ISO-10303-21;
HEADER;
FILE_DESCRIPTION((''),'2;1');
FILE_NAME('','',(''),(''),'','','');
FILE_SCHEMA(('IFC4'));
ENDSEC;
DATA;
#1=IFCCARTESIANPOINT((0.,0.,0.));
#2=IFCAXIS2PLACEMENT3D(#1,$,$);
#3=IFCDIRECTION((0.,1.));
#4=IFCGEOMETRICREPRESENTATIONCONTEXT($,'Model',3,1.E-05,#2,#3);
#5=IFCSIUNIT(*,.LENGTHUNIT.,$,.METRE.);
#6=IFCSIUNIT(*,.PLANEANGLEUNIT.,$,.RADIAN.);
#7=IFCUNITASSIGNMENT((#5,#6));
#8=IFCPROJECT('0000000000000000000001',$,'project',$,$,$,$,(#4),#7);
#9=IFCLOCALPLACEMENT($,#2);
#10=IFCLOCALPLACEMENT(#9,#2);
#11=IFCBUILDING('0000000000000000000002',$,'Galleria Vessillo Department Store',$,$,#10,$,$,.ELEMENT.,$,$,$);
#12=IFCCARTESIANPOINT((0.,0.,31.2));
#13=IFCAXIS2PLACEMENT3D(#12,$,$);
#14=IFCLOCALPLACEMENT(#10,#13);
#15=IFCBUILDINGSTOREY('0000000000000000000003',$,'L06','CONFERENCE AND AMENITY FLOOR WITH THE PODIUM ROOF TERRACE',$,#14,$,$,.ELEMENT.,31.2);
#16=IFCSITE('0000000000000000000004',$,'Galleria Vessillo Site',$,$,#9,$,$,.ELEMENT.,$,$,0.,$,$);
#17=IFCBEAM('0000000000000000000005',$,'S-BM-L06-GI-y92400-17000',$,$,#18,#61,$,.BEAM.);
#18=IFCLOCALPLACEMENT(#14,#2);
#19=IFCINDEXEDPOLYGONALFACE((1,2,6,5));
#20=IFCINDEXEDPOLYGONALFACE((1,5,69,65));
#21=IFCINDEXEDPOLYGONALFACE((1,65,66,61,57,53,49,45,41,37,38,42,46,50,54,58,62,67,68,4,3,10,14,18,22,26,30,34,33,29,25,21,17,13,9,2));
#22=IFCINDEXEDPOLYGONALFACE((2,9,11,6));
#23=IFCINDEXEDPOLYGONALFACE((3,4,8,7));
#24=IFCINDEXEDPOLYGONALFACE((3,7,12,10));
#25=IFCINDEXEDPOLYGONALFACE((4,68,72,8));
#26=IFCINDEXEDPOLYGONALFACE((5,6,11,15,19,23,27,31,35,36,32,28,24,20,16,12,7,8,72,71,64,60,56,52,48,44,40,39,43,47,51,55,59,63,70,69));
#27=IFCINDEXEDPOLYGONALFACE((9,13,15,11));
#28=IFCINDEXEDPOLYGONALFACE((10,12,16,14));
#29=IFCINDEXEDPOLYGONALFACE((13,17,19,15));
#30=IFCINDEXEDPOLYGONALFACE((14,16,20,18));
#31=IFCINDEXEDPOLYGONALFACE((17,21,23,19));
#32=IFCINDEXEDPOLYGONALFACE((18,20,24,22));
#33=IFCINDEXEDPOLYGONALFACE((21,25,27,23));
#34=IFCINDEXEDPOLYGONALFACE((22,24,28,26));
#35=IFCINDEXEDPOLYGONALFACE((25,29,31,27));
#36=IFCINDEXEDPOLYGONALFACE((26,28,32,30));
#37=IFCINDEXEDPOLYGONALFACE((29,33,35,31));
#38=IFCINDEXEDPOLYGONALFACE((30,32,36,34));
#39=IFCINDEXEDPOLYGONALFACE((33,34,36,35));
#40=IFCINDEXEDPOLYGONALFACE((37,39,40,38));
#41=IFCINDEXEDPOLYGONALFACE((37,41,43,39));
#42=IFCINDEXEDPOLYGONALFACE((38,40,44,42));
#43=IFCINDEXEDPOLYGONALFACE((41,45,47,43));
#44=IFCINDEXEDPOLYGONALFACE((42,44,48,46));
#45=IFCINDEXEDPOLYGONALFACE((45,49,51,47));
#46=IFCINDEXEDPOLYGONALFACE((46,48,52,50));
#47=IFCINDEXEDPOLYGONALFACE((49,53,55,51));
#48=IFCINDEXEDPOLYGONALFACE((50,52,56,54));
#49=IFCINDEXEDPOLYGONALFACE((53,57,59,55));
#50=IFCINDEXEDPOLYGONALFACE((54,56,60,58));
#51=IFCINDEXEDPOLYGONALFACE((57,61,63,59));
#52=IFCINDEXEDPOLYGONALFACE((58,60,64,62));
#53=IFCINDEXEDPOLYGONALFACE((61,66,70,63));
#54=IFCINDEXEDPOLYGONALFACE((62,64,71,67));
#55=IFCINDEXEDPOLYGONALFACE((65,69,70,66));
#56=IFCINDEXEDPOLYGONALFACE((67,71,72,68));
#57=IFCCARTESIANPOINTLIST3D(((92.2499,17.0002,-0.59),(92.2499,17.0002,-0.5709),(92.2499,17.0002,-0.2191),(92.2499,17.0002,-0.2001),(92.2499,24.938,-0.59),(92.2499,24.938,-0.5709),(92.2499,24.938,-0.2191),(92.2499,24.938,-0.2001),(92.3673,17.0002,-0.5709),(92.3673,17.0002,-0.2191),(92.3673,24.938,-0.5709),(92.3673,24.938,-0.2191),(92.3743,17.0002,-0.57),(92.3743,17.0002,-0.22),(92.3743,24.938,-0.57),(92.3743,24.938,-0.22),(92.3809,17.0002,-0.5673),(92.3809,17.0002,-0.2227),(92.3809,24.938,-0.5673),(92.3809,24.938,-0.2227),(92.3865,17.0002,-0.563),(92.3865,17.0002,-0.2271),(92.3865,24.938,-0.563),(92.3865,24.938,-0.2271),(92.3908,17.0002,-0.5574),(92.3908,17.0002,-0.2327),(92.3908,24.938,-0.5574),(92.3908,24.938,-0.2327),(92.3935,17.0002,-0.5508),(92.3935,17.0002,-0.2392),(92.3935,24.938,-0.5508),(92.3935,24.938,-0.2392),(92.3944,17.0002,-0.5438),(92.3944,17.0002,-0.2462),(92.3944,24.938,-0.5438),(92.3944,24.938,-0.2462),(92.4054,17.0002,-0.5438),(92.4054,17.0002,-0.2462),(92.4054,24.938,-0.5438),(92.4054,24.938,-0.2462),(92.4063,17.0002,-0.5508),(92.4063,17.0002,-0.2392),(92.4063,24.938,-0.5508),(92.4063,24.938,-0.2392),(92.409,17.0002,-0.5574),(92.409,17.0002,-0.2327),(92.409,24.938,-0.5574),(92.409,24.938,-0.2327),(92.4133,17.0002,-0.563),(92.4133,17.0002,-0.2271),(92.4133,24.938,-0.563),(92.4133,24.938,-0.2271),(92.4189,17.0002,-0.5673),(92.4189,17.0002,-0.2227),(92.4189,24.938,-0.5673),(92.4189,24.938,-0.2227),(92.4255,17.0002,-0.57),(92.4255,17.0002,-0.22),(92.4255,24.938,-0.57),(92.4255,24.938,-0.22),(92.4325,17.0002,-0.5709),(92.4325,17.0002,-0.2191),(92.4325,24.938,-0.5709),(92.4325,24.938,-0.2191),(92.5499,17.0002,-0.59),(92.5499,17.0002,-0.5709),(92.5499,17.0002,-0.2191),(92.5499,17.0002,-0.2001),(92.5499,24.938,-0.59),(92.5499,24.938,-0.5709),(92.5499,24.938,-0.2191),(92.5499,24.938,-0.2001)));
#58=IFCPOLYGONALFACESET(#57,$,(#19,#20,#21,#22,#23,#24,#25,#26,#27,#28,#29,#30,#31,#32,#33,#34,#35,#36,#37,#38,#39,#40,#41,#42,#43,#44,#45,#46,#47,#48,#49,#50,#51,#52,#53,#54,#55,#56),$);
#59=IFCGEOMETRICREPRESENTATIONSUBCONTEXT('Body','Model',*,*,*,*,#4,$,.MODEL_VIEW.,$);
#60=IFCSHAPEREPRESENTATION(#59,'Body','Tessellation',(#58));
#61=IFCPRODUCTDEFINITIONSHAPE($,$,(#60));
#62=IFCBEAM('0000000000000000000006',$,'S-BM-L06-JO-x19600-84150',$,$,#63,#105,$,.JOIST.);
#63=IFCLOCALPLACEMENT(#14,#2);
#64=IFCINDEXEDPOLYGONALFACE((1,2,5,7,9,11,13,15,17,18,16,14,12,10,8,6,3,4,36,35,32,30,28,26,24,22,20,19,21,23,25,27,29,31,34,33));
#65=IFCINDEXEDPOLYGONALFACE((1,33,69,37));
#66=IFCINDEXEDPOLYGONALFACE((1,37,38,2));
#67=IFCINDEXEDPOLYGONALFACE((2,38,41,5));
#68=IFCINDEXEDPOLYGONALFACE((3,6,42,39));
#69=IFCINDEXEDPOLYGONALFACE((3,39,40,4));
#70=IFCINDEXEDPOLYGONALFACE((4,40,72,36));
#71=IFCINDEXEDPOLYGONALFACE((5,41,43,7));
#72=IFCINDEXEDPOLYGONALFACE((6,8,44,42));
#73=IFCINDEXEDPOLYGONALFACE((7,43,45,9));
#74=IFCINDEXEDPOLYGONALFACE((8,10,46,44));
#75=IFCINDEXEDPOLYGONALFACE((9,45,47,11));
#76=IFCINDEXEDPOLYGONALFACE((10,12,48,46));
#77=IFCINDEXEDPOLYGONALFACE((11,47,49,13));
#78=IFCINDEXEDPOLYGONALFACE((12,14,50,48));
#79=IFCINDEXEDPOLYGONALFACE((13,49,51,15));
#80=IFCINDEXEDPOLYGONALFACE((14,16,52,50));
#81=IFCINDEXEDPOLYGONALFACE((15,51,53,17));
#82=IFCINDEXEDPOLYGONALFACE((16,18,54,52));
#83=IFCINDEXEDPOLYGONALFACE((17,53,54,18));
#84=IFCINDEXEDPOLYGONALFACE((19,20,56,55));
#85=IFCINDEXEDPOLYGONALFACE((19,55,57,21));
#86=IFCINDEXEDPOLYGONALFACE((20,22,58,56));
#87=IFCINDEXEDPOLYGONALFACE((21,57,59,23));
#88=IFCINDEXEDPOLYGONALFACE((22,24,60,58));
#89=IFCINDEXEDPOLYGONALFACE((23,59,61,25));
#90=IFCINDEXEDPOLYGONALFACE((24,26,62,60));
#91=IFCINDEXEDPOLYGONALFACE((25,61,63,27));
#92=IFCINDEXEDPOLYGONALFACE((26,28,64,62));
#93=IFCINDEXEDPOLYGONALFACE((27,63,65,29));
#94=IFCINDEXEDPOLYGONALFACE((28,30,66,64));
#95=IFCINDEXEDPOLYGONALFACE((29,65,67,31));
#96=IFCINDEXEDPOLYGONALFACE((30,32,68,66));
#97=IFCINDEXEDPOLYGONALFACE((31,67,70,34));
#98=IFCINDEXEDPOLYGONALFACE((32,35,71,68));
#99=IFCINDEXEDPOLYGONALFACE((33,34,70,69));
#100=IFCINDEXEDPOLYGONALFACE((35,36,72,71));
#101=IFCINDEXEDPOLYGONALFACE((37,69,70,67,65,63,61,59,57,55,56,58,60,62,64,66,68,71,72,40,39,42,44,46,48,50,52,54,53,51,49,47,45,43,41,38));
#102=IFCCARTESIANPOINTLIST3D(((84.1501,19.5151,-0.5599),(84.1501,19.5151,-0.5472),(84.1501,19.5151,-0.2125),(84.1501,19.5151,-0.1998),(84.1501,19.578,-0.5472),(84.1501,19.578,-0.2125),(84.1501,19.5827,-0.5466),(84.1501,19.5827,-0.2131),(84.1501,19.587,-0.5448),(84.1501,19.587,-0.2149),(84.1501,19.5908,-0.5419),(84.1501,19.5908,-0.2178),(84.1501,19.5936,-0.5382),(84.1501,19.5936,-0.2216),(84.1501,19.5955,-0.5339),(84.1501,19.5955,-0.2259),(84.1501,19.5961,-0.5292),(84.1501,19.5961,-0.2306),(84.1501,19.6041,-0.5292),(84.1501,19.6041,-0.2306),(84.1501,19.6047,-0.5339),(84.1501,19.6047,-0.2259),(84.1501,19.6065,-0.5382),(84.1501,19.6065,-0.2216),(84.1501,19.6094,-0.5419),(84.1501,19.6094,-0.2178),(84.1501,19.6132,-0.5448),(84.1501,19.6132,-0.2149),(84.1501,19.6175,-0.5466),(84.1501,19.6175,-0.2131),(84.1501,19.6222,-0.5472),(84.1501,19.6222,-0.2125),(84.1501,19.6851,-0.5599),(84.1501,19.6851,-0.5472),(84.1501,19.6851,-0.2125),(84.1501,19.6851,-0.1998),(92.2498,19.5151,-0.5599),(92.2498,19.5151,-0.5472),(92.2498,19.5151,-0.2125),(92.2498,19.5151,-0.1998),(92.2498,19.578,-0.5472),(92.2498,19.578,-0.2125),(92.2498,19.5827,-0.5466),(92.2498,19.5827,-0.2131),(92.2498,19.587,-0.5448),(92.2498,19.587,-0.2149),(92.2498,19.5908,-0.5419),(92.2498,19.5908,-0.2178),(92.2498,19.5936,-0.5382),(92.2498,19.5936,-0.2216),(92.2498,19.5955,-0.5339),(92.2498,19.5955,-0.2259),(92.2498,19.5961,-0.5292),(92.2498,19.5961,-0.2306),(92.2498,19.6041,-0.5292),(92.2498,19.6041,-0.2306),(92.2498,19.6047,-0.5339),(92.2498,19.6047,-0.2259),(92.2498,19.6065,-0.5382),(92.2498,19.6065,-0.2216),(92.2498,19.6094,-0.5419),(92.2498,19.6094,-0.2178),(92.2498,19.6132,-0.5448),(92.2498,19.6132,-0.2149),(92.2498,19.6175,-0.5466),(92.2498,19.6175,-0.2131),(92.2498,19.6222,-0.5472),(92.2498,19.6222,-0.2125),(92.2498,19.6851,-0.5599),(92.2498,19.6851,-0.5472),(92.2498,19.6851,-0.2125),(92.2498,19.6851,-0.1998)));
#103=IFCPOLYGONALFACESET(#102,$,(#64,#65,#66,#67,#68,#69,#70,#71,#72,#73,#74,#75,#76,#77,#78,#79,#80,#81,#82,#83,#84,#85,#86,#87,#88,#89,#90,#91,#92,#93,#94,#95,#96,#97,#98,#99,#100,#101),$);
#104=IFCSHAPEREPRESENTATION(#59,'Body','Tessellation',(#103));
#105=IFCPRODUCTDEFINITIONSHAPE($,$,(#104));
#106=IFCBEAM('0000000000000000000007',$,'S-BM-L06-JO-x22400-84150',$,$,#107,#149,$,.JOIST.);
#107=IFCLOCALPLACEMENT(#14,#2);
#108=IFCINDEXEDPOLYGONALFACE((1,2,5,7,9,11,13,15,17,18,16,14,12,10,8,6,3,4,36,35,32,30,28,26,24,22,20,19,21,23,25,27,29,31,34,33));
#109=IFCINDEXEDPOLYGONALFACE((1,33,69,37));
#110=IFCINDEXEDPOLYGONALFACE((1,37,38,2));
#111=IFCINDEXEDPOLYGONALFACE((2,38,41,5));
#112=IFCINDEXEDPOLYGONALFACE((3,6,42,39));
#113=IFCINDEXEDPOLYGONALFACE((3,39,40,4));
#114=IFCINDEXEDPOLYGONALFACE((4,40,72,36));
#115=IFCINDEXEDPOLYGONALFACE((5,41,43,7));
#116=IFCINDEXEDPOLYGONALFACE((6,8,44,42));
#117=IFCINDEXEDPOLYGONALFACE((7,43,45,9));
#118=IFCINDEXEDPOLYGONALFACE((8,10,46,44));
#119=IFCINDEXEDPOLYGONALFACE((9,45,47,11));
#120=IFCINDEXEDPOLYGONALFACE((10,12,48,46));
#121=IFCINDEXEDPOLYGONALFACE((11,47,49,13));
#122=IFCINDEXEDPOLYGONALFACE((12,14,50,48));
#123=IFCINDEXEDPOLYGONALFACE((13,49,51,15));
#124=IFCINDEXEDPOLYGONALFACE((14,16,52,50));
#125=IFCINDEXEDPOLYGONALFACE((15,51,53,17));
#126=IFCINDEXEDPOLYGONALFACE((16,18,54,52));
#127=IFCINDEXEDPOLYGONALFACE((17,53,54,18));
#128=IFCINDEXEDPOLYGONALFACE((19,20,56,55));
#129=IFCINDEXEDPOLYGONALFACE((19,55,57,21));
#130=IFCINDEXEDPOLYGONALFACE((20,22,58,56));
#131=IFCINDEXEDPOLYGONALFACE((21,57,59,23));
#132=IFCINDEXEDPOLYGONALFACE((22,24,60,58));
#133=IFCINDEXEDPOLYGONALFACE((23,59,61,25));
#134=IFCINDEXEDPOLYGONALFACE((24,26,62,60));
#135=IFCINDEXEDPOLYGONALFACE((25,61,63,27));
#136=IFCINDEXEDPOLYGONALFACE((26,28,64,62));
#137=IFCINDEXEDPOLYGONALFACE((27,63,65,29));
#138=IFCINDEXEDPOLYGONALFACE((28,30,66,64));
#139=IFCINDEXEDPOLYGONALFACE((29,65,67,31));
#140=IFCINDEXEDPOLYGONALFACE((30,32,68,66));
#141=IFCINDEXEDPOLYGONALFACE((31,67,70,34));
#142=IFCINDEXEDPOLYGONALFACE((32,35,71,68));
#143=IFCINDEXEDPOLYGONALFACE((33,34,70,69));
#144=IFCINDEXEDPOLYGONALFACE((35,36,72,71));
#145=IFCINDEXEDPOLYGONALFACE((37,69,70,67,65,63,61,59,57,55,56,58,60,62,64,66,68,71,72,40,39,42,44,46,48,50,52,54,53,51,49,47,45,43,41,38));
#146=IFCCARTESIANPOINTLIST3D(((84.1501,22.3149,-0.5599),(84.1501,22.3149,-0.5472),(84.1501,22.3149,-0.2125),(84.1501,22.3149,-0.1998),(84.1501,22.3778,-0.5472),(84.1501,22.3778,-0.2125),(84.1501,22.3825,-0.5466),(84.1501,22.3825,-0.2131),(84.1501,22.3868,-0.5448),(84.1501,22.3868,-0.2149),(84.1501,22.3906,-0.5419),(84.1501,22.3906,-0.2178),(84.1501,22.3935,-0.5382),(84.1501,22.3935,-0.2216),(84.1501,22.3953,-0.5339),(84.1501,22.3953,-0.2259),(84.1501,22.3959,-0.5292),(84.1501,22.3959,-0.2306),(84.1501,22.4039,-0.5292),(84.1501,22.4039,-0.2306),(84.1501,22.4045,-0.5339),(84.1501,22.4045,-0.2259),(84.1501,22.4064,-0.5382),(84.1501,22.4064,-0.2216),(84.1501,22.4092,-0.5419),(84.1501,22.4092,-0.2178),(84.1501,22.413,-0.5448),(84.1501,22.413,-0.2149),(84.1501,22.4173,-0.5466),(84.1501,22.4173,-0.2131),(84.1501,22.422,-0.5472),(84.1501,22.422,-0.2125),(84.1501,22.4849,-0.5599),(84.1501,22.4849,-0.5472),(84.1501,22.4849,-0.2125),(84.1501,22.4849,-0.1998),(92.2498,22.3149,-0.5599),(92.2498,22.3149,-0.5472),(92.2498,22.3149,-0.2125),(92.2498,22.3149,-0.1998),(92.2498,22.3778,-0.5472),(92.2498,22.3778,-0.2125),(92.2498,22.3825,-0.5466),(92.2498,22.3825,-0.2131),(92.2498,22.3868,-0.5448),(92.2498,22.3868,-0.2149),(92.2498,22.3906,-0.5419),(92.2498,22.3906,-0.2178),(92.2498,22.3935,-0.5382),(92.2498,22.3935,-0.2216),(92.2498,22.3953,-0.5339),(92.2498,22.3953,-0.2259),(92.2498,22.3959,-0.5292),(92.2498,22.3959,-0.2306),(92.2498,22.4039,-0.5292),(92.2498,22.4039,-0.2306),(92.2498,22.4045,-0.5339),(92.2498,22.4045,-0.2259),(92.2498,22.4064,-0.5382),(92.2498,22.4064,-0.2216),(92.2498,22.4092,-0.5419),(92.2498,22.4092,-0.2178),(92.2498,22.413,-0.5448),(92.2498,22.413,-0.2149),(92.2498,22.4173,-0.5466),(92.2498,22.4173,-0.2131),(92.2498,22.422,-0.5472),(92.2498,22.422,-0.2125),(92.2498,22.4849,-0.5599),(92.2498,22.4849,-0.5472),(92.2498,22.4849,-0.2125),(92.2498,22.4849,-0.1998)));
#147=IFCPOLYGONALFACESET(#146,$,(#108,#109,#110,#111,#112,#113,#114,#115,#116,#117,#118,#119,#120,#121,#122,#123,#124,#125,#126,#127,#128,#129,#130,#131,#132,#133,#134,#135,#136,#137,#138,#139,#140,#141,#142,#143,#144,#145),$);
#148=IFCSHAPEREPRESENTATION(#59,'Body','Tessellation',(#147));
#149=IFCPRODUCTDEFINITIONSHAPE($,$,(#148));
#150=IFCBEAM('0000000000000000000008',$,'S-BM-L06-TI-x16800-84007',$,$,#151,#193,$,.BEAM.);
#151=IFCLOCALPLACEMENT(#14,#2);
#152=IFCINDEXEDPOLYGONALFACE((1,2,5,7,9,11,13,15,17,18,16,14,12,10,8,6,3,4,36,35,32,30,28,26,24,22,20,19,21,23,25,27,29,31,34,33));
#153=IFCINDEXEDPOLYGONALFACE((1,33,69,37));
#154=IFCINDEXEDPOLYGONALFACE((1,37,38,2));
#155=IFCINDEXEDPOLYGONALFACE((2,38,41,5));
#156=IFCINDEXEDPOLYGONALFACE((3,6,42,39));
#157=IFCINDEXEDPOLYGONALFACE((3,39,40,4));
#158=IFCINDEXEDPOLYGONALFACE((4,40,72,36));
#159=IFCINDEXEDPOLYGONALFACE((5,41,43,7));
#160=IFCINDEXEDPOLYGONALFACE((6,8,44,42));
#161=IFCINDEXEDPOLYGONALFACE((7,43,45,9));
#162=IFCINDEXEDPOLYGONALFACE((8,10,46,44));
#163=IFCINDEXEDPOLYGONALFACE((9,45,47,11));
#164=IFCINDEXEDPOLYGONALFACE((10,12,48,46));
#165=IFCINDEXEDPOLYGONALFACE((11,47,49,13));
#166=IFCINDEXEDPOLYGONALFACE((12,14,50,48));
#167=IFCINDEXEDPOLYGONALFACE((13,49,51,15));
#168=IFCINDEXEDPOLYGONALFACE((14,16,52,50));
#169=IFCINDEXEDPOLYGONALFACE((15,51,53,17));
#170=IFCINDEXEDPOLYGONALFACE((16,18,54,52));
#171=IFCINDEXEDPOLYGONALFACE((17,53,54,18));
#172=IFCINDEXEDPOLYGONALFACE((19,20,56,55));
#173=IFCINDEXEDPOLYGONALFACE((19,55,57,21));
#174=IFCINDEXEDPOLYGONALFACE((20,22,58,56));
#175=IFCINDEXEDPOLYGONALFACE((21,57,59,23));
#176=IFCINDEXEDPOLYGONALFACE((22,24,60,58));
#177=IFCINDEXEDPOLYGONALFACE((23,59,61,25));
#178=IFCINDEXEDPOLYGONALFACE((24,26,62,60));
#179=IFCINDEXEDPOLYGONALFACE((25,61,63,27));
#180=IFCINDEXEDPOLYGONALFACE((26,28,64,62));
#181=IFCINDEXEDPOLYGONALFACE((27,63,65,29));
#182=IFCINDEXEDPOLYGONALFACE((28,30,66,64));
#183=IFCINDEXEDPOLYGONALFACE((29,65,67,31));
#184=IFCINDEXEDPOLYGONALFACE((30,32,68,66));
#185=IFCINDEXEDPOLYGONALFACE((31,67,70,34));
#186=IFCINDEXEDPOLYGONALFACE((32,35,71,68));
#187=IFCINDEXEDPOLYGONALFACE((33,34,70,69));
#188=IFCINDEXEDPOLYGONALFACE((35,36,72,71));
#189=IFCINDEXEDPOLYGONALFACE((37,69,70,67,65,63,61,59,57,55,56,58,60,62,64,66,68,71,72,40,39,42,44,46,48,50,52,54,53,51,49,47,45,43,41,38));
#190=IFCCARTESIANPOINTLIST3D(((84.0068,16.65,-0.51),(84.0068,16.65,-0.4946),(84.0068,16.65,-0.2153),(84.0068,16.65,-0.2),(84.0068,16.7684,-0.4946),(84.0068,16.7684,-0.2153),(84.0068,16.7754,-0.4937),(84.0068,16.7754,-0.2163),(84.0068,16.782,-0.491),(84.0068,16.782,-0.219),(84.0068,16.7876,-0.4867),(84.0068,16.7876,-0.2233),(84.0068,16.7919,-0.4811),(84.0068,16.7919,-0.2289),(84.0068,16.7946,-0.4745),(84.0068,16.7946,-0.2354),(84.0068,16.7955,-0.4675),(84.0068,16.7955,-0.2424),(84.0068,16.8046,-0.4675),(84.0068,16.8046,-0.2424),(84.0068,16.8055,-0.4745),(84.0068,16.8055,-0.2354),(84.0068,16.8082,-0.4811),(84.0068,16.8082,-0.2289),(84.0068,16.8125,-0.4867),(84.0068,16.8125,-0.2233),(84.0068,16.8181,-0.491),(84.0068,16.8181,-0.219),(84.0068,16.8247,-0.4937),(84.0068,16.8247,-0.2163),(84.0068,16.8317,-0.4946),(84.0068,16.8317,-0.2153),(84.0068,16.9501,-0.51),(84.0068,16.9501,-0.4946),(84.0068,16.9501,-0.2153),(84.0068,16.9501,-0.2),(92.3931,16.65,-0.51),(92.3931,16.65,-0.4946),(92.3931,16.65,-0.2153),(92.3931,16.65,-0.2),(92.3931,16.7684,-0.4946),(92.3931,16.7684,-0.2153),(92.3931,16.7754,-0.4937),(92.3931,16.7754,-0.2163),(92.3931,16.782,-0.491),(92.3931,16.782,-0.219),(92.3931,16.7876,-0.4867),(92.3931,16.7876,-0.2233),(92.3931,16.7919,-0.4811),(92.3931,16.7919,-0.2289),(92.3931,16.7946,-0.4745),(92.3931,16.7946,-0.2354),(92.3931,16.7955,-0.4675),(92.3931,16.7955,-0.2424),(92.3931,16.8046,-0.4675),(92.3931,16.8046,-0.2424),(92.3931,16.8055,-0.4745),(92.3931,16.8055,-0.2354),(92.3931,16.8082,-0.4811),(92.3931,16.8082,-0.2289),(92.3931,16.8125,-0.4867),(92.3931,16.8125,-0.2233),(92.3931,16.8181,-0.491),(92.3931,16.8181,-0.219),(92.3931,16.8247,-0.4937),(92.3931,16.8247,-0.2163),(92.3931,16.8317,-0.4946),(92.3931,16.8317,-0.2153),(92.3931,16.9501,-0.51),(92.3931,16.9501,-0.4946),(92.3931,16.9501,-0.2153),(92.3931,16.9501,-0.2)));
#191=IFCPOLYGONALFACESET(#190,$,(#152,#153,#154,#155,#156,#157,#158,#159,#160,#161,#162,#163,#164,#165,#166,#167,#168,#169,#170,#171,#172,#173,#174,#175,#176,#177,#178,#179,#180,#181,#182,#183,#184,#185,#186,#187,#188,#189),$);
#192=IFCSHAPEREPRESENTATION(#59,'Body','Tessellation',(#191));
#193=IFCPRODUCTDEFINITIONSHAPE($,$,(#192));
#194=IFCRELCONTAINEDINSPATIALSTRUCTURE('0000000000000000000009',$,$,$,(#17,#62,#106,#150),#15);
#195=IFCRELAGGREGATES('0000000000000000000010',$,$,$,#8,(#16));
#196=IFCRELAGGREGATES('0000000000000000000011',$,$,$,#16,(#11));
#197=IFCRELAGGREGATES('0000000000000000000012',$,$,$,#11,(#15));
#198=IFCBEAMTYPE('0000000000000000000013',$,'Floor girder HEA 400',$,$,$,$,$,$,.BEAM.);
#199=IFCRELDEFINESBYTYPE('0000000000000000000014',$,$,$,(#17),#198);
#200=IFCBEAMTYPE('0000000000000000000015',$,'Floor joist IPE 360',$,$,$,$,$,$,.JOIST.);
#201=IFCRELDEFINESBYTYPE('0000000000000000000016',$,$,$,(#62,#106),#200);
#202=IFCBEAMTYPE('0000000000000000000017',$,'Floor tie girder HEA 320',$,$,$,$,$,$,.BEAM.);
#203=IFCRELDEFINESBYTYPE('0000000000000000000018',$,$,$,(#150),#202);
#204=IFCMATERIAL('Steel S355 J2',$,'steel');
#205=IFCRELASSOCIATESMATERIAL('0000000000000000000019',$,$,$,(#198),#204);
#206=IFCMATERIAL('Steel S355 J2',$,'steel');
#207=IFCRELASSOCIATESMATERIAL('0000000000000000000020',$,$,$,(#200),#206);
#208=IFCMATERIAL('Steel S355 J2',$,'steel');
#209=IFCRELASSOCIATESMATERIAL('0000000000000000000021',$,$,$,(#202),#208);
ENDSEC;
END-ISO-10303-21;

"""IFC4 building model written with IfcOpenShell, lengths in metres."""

from ifc_helpers import new_model, si_unit, direction, frame, origin, origin_2d, place, context, subcontext, project, spatial, i_section, extrude, material, material_profile, profile_set, type_object, element, save


model = new_model("IFC4")

# Units and contexts
model_context = context("Model", 3, precision=1e-05, world=origin(), true_north=direction((0.0, 1.0)))
body_context = subcontext(model_context, "Body", "Model", "MODEL_VIEW")
ifc_project = project(units=[si_unit("LENGTHUNIT", "METRE"), si_unit("PLANEANGLEUNIT", "RADIAN")], contexts=[model_context])

# Site, building, storey
site_placement = place(None, origin())
site = spatial("IfcSite", under=ifc_project, at=site_placement, Name="Galleria Vessillo Site", CompositionType="ELEMENT", RefElevation=0.0)
building_placement = place(site_placement, origin())
building = spatial("IfcBuilding", under=site, at=building_placement, Name="Galleria Vessillo Department Store", CompositionType="ELEMENT")
storey_placement = place(building_placement, frame((0.0, 0.0, 31.2)))
storey = spatial("IfcBuildingStorey", under=building, at=storey_placement, Name="L06", Description="CONFERENCE AND AMENITY FLOOR WITH THE PODIUM ROOF TERRACE", CompositionType="ELEMENT", Elevation=31.2)

# Beams
ifc_material_1 = material(Name="Steel S355 J2", Category="steel")
ifc_material_profile_1 = material_profile(ifc_material_1, i_section(OverallWidth=0.3, OverallDepth=0.3899, WebThickness=0.011, FlangeThickness=0.019, FilletRadius=0.0271, at=origin_2d()), Name="HEA 400")
ifc_profile_set_1 = profile_set([ifc_material_profile_1], Name="Steel S355 J2")
beam_type_1 = type_object("IfcBeamType", Name="Floor girder HEA 400", PredefinedType="BEAM", material=ifc_profile_set_1)
beam_1_placement = place(storey_placement, frame((92.3999, 17.0002, -0.395), z_axis=(0.0, 1.0, 0.0), x_axis=(-1.0, 0.0, 0.0)))
element("IfcBeam", 1, at=beam_1_placement, inside=storey, type_object=beam_type_1, Name="S-BM-L06-GI-y92400-17000", PredefinedType="BEAM", context=body_context, shape_type="SweptSolid", body=[
    extrude(i_section(OverallWidth=0.3, OverallDepth=0.3899, WebThickness=0.011, FlangeThickness=0.019, FilletRadius=0.0271, at=origin_2d()), origin(), (0.0, 0.0, 1.0), 7.9377),
])
ifc_material_2 = material(Name="Steel S355 J2", Category="steel")
ifc_material_profile_2 = material_profile(ifc_material_2, i_section(OverallWidth=0.1699, OverallDepth=0.3601, WebThickness=0.0081, FlangeThickness=0.0127, FilletRadius=0.0181, at=origin_2d()), Name="IPE 360")
ifc_profile_set_2 = profile_set([ifc_material_profile_2], Name="Steel S355 J2")
beam_type_2 = type_object("IfcBeamType", Name="Floor joist IPE 360", PredefinedType="JOIST", material=ifc_profile_set_2)
for number, where, z_axis, x_axis, name in (
    (2, (84.1501, 19.6001, -0.3799), (1.0, 0.0, 0.0), (0.0, 1.0, 0.0), "S-BM-L06-JO-x19600-84150"),
    (3, (84.1501, 22.3999, -0.3799), (1.0, 0.0, 0.0), (0.0, 1.0, 0.0), "S-BM-L06-JO-x22400-84150"),
):
    element("IfcBeam", number, at=place(storey_placement, frame(where, z_axis=z_axis, x_axis=x_axis)), inside=storey, type_object=beam_type_2, Name=name, PredefinedType="JOIST", context=body_context, shape_type="SweptSolid", body=[
        extrude(i_section(OverallWidth=0.1699, OverallDepth=0.3601, WebThickness=0.0081, FlangeThickness=0.0127, FilletRadius=0.0181, at=origin_2d()), origin(), (0.0, 0.0, 1.0), 8.0996),
    ])
ifc_material_3 = material(Name="Steel S355 J2", Category="steel")
ifc_material_profile_3 = material_profile(ifc_material_3, i_section(OverallWidth=0.3, OverallDepth=0.3101, WebThickness=0.009, FlangeThickness=0.0154, FilletRadius=0.0271, at=origin_2d()), Name="HEA 320")
ifc_profile_set_3 = profile_set([ifc_material_profile_3], Name="Steel S355 J2")
beam_type_3 = type_object("IfcBeamType", Name="Floor tie girder HEA 320", PredefinedType="BEAM", material=ifc_profile_set_3)
beam_2_placement = place(storey_placement, frame((84.0068, 16.8, -0.355), z_axis=(1.0, 0.0, 0.0), x_axis=(0.0, 1.0, 0.0)))
element("IfcBeam", 4, at=beam_2_placement, inside=storey, type_object=beam_type_3, Name="S-BM-L06-TI-x16800-84007", PredefinedType="BEAM", context=body_context, shape_type="SweptSolid", body=[
    extrude(i_section(OverallWidth=0.3, OverallDepth=0.3101, WebThickness=0.009, FlangeThickness=0.0154, FilletRadius=0.0271, at=origin_2d()), origin(), (0.0, 0.0, 1.0), 8.3862),
])

save(model, "model.ifc")
